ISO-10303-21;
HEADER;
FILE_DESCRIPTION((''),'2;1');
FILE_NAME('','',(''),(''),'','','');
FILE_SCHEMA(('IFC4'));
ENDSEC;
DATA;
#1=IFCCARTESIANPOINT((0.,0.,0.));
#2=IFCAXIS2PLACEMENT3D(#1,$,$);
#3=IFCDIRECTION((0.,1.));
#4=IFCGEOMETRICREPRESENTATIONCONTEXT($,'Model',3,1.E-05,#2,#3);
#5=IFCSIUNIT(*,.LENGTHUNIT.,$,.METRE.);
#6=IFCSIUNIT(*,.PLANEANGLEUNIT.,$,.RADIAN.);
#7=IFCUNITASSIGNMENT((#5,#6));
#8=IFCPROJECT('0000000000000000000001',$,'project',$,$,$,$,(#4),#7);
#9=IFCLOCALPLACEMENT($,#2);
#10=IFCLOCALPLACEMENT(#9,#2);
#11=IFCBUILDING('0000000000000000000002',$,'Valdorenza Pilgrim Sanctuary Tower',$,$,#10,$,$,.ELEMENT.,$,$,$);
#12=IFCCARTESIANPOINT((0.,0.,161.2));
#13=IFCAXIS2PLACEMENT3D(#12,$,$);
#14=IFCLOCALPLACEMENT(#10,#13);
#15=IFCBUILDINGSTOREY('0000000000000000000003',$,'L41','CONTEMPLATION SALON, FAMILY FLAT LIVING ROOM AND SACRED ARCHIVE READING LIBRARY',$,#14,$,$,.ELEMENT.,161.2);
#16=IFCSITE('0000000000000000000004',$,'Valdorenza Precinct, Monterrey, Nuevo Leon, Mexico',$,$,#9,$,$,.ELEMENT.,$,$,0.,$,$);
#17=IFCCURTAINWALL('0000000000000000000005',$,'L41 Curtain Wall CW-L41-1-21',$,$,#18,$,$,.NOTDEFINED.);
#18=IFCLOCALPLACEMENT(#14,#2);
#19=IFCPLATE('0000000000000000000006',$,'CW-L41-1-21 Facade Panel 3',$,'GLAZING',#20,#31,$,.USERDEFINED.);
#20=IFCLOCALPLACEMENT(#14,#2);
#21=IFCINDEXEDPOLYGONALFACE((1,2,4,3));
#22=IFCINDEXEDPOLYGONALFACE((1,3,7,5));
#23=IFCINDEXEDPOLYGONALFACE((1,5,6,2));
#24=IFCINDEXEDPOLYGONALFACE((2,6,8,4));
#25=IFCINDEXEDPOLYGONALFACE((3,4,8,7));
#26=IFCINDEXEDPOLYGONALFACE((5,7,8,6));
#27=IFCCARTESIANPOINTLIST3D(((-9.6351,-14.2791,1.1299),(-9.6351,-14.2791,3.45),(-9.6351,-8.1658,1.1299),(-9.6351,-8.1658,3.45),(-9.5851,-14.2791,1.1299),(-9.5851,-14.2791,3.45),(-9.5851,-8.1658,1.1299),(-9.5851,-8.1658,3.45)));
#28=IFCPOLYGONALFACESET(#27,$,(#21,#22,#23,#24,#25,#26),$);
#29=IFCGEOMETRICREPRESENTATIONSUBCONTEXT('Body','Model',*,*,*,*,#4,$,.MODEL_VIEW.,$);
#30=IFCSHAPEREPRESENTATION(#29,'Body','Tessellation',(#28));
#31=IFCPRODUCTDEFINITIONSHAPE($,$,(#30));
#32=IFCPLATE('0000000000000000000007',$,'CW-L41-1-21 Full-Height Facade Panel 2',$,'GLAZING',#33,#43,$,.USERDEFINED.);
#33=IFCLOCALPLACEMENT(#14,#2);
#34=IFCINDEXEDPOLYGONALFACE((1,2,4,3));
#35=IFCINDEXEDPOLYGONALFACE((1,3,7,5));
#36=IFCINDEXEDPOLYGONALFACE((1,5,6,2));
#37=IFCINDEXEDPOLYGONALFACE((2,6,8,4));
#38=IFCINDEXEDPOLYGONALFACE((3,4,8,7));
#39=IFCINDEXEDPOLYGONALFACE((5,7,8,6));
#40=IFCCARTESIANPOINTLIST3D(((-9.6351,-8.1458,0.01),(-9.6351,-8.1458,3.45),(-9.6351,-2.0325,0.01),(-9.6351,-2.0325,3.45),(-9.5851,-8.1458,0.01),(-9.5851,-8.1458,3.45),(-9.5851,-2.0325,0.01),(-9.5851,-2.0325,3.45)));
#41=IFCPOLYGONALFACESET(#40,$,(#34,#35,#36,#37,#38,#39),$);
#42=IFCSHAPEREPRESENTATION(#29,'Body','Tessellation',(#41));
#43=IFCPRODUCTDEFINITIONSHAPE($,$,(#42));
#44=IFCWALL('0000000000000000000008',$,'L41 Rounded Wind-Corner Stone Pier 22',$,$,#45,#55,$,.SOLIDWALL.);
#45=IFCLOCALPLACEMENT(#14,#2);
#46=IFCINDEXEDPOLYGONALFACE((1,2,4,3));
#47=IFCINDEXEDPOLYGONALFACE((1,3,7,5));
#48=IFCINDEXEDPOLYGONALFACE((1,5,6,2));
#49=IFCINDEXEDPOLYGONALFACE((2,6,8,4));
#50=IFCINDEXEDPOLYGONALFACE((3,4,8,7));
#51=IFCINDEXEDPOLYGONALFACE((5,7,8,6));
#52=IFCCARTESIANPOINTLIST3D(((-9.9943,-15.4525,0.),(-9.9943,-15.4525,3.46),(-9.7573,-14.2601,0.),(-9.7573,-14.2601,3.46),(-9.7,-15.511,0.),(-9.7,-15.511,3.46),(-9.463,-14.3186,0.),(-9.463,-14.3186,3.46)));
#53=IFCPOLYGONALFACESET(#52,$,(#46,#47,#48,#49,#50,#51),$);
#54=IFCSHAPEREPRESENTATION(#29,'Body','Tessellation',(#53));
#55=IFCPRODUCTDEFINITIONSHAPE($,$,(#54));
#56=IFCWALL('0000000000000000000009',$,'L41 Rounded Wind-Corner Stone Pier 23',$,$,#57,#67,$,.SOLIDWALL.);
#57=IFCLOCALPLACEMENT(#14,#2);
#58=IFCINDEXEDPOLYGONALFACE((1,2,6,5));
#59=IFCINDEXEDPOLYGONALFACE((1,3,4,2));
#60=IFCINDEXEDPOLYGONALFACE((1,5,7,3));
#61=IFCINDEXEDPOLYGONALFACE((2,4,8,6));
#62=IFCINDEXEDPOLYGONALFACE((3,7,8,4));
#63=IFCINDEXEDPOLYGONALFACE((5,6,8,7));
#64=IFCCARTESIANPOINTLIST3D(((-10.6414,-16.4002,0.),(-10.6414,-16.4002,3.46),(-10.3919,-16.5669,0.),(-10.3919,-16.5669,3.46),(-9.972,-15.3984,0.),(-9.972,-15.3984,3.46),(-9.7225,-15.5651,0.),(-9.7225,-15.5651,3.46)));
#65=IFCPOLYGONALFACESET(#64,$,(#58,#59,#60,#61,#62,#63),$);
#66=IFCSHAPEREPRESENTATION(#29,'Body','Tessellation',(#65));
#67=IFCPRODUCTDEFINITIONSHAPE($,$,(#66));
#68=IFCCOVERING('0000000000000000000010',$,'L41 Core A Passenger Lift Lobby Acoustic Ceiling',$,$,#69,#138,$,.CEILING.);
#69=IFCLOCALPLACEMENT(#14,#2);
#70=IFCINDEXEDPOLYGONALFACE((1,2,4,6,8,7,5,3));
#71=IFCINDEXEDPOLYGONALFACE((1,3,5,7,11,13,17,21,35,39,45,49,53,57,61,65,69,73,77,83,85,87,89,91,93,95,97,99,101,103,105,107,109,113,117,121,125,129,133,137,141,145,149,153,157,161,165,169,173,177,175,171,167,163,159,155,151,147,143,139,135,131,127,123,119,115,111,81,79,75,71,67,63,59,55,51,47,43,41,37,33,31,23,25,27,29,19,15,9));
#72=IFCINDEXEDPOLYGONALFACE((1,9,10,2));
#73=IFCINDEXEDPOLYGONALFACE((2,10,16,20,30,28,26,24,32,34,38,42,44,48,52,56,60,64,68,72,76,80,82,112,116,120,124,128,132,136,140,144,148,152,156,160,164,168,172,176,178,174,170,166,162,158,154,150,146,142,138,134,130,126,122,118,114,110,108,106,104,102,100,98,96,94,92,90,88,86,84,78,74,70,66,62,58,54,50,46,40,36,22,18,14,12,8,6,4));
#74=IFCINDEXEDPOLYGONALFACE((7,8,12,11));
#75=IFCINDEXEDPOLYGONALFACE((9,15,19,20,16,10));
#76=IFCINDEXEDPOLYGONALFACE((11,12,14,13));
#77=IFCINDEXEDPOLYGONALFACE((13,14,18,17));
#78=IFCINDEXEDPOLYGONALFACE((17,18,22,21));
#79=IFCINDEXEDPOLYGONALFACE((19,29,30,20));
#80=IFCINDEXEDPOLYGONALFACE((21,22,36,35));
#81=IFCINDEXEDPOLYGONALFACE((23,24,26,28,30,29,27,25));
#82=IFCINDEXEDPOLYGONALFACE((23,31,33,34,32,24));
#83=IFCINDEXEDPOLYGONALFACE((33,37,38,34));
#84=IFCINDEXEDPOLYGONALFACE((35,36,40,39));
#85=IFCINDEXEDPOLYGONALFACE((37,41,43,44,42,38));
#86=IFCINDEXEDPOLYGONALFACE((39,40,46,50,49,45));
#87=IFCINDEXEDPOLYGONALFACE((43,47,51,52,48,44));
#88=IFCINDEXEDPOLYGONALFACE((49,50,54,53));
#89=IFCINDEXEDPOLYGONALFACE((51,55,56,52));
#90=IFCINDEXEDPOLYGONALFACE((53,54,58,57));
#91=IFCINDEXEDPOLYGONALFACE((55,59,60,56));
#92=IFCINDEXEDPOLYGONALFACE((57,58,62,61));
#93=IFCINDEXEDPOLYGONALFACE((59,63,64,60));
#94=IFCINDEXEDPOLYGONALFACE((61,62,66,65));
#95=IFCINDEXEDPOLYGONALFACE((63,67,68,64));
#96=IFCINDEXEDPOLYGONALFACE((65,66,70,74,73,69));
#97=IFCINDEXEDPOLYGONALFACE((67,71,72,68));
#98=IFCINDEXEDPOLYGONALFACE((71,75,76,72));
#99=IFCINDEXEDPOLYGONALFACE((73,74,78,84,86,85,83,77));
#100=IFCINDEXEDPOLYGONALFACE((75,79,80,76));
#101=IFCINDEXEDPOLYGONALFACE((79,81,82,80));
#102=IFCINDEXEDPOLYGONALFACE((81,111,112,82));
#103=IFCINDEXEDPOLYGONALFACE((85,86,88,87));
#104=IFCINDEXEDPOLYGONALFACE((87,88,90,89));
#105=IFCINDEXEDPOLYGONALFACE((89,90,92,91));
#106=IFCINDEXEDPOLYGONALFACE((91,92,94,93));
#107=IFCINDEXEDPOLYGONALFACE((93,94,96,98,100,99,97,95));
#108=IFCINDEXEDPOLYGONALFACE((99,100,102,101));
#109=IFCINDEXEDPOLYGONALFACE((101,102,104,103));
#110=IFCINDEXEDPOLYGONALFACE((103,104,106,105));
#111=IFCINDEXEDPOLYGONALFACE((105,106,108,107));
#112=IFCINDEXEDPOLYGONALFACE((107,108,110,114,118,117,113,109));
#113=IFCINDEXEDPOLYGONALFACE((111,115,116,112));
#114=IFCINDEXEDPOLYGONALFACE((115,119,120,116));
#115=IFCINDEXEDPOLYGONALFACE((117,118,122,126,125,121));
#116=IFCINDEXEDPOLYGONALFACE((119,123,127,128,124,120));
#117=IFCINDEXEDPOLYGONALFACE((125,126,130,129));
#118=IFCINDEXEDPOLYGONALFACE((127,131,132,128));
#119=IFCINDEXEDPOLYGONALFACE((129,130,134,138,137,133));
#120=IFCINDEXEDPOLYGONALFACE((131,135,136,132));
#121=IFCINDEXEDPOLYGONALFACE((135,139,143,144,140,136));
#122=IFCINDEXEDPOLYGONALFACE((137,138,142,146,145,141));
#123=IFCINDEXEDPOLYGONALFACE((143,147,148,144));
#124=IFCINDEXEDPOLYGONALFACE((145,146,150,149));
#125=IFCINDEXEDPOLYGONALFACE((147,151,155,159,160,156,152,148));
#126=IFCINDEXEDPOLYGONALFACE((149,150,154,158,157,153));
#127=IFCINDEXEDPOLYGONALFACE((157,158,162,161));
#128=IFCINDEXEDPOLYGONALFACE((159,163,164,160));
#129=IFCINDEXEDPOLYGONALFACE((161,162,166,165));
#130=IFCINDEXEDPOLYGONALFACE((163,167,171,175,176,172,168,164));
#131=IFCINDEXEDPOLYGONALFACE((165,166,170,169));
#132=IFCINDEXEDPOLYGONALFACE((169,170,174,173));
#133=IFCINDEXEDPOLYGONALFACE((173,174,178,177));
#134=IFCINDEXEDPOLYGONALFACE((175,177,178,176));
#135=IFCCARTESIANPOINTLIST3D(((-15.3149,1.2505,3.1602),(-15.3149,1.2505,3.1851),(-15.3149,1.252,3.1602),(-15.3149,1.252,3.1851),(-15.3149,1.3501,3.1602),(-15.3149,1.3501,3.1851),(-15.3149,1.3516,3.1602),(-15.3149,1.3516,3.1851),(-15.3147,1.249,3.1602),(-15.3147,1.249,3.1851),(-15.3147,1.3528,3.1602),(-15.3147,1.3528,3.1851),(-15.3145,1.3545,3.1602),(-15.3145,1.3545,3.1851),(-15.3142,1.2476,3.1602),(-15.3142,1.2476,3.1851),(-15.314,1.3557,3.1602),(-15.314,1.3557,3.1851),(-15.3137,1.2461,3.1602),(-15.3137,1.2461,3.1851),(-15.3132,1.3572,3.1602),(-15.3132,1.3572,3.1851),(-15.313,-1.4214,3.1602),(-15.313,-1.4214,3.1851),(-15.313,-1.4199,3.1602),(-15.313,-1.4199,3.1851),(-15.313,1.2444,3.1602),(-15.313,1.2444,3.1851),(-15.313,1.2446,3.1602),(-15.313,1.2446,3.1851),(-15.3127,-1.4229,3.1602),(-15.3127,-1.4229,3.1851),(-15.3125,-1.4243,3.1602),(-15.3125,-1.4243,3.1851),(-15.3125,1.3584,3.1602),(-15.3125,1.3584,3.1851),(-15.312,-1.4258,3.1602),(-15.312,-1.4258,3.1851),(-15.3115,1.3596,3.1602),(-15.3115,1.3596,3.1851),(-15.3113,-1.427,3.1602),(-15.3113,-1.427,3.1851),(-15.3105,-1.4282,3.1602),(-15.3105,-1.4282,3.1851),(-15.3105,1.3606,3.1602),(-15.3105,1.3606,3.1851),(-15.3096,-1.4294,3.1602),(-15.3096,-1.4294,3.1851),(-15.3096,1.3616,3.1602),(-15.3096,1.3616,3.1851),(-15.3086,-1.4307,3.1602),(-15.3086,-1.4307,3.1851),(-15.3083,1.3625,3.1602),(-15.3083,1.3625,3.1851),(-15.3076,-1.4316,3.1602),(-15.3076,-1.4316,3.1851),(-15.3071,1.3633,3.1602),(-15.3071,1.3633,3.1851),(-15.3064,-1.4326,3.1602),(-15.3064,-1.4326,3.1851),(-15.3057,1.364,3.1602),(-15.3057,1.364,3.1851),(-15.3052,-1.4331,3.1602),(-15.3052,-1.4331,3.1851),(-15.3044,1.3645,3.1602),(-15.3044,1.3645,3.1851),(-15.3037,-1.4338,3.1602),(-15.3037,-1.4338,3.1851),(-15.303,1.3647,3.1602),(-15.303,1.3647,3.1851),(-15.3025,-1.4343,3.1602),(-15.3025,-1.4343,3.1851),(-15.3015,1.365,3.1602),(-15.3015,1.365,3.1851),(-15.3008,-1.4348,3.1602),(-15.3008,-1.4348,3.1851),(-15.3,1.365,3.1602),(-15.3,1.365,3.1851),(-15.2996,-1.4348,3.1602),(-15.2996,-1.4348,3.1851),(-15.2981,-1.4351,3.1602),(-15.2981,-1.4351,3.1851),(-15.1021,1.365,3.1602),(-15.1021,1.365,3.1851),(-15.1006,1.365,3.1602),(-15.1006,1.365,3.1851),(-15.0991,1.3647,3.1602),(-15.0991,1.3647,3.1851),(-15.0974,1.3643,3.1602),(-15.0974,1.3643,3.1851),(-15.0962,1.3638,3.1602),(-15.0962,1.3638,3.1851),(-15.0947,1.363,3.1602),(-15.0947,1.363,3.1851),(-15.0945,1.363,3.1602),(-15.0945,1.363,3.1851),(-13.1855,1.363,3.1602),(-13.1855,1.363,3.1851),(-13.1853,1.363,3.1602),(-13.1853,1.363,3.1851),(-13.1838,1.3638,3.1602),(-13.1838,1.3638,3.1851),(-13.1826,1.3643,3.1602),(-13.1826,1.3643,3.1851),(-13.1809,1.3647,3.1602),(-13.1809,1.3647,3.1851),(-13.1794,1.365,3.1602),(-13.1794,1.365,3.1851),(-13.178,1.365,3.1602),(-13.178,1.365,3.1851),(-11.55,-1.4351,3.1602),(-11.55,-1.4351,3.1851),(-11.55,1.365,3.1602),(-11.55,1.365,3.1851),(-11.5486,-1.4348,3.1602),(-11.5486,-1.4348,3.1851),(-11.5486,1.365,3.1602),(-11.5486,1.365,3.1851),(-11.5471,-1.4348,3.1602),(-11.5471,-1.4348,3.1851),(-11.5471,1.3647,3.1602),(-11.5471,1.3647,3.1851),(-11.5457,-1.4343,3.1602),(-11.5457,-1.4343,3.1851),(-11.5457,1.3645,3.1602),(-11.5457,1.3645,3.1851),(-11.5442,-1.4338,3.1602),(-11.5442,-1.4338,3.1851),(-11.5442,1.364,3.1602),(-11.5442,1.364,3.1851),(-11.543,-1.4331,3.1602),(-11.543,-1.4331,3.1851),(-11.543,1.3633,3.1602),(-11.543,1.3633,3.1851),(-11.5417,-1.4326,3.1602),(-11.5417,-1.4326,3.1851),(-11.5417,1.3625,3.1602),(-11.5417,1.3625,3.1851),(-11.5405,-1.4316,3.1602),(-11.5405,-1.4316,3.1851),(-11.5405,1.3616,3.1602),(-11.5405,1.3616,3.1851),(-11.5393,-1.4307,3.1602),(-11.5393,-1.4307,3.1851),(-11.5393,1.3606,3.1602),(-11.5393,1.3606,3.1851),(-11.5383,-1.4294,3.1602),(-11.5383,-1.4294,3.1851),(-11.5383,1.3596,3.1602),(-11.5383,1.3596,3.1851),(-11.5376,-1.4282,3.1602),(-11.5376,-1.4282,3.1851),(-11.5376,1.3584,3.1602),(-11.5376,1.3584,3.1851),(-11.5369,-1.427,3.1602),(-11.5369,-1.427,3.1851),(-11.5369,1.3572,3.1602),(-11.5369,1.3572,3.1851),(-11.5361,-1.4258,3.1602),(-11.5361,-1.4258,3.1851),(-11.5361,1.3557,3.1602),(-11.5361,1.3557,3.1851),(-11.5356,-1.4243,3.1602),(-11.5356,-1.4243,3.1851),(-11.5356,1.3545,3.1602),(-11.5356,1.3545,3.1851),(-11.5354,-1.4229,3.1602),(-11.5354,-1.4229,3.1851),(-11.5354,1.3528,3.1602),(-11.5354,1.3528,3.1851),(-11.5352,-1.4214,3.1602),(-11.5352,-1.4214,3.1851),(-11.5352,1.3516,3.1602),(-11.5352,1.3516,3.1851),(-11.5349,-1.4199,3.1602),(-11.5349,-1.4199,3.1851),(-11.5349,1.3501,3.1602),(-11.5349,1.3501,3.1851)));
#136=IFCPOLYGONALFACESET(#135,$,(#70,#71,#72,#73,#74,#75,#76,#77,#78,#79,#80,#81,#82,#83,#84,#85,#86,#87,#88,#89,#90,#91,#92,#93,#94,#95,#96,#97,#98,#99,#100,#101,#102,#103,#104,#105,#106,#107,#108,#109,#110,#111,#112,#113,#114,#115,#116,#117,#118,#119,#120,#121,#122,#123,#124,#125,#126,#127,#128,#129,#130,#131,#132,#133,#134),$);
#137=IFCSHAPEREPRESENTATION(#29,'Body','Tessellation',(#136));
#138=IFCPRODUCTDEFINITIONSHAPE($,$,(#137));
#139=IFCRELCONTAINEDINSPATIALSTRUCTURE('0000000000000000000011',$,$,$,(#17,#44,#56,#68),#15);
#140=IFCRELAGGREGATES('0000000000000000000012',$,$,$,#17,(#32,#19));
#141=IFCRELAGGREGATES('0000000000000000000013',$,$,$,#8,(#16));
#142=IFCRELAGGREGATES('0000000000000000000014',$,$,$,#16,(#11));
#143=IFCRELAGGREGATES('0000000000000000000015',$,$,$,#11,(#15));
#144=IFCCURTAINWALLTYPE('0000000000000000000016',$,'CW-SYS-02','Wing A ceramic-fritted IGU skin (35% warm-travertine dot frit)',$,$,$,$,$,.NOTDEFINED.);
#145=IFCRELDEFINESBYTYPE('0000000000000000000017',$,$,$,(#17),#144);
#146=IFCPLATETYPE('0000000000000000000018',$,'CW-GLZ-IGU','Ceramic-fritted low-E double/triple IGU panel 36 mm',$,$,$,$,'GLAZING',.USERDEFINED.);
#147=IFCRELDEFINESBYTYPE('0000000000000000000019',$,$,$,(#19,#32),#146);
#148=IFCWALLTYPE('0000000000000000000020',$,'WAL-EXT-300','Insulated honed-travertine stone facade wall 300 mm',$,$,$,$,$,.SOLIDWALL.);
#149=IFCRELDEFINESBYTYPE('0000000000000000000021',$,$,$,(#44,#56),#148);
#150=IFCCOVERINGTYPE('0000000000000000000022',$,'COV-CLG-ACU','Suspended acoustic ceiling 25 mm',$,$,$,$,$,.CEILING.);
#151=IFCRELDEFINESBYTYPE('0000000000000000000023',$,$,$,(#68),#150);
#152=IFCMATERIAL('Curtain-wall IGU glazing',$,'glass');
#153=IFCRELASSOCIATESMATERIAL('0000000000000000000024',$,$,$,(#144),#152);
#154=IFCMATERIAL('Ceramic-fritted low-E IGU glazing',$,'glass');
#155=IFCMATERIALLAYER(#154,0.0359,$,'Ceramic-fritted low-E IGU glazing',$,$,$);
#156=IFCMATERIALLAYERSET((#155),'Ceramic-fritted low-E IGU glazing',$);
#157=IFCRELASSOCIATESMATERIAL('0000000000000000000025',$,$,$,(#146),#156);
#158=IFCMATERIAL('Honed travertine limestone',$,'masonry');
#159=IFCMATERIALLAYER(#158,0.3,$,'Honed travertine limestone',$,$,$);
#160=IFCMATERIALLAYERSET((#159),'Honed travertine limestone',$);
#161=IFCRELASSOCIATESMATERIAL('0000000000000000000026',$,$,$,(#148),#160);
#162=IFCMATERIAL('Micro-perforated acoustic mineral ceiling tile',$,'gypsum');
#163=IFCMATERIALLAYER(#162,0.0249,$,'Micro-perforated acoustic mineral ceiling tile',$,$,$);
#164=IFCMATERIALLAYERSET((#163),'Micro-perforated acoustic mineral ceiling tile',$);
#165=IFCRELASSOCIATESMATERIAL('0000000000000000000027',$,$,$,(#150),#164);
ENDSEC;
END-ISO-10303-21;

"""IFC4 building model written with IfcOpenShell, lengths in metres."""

from ifc_helpers import new_model, si_unit, direction, frame, frame_2d, origin, origin_2d, place, context, subcontext, project, spatial, polyline, rectangle, outline, extrude, source, transform, mapped, material, layer, layer_set, type_object, element, aggregate, save


model = new_model("IFC4")

# Units and contexts
model_context = context("Model", 3, precision=1e-05, world=origin(), true_north=direction((0.0, 1.0)))
body_context = subcontext(model_context, "Body", "Model", "MODEL_VIEW")
ifc_project = project(units=[si_unit("LENGTHUNIT", "METRE"), si_unit("PLANEANGLEUNIT", "RADIAN")], contexts=[model_context])

# Site, building, storey
site_placement = place(None, origin())
site = spatial("IfcSite", under=ifc_project, at=site_placement, Name="Valdorenza Precinct, Monterrey, Nuevo Leon, Mexico", CompositionType="ELEMENT", RefElevation=0.0)
building_placement = place(site_placement, origin())
building = spatial("IfcBuilding", under=site, at=building_placement, Name="Valdorenza Pilgrim Sanctuary Tower", CompositionType="ELEMENT")
storey_placement = place(building_placement, frame((0.0, 0.0, 161.2)))
storey = spatial("IfcBuildingStorey", under=building, at=storey_placement, Name="L41", Description="CONTEMPLATION SALON, FAMILY FLAT LIVING ROOM AND SACRED ARCHIVE READING LIBRARY", CompositionType="ELEMENT", Elevation=161.2)

# Curtain wall
ifc_material_1 = material(Name="Curtain-wall IGU glazing", Category="glass")
curtain_wall_type = type_object("IfcCurtainWallType", Name="CW-SYS-02", Description="Wing A ceramic-fritted IGU skin (35% warm-travertine dot frit)", PredefinedType="NOTDEFINED", material=ifc_material_1)
curtain_wall_placement = place(storey_placement, origin())
curtain_wall = element("IfcCurtainWall", 1, at=curtain_wall_placement, inside=storey, type_object=curtain_wall_type, Name="L41 Curtain Wall CW-L41-1-21", PredefinedType="NOTDEFINED")

# Plates
ifc_material_2 = material(Name="Honed travertine limestone", Category="masonry")
ifc_material_3 = material(Name="Ceramic-fritted low-E IGU glazing", Category="glass")
ifc_layer_1 = layer(ifc_material_3, 0.0359, Name="Ceramic-fritted low-E IGU glazing")
ifc_layer_set_1 = layer_set([ifc_layer_1], Name="Ceramic-fritted low-E IGU glazing")
plate_type_1 = type_object("IfcPlateType", Name="CW-GLZ-IGU", Description="Ceramic-fritted low-E double/triple IGU panel 36 mm", ElementType="GLAZING", PredefinedType="USERDEFINED", material=ifc_layer_set_1)
shared_shape_1 = source(origin(), body_context, "Body", "SweptSolid", [
    extrude(rectangle(XDim=6.1133, YDim=0.05, at=origin_2d()), origin(), (0.0, 0.0, 1.0), 2.3201),
])
plate_1_placement = place(storey_placement, frame((-9.6101, -11.2224, 1.1299), z_axis=(0.0, 0.0, 1.0), x_axis=(0.0, -1.0, 0.0)))
plate_1 = element("IfcPlate", 2, at=plate_1_placement, type_object=plate_type_1, Name="CW-L41-1-21 Facade Panel 3", ObjectType="GLAZING", PredefinedType="USERDEFINED", context=body_context, shape_type="MappedRepresentation", body=[
    mapped(shared_shape_1, transform((0.0, 0.0, 0.0), x_axis=(1.0, 0.0, 0.0), y_axis=(0.0, 1.0, 0.0), z_axis=(0.0, 0.0, 1.0), scale=1.0)),
])
shared_shape_2 = source(origin(), body_context, "Body", "SweptSolid", [
    extrude(rectangle(XDim=6.1133, YDim=0.05, at=origin_2d()), origin(), (0.0, 0.0, 1.0), 3.4399),
])
plate_2_placement = place(storey_placement, frame((-9.6101, -5.0891, 0.01), z_axis=(0.0, 0.0, 1.0), x_axis=(0.0, -1.0, 0.0)))
plate_2 = element("IfcPlate", 3, at=plate_2_placement, type_object=plate_type_1, Name="CW-L41-1-21 Full-Height Facade Panel 2", ObjectType="GLAZING", PredefinedType="USERDEFINED", context=body_context, shape_type="MappedRepresentation", body=[
    mapped(shared_shape_2, transform((0.0, 0.0, 0.0), x_axis=(1.0, 0.0, 0.0), y_axis=(0.0, 1.0, 0.0), z_axis=(0.0, 0.0, 1.0), scale=1.0)),
])
aggregate(curtain_wall, [plate_2, plate_1])

# Walls
ifc_layer_2 = layer(ifc_material_2, 0.3, Name="Honed travertine limestone")
ifc_layer_set_2 = layer_set([ifc_layer_2], Name="Honed travertine limestone")
wall_type = type_object("IfcWallType", Name="WAL-EXT-300", Description="Insulated honed-travertine stone facade wall 300 mm", PredefinedType="SOLIDWALL", material=ifc_layer_set_2)
wall_1_placement = place(storey_placement, frame((-9.6101, -14.2893, 0.0), z_axis=(0.0, 0.0, 1.0), x_axis=(-0.194996, -0.980804, 0.0)))
element("IfcWall", 4, at=wall_1_placement, inside=storey, type_object=wall_type, Name="L41 Rounded Wind-Corner Stone Pier 22", PredefinedType="SOLIDWALL", context=body_context, shape_type="SweptSolid", body=[
    extrude(rectangle(XDim=1.2158, YDim=0.3, at=frame_2d((0.6079, 0.0))), origin(), (0.0, 0.0, 1.0), 3.46),
])
wall_2_placement = place(storey_placement, frame((-9.8472, -15.4817, 0.0), z_axis=(0.0, 0.0, 1.0), x_axis=(-0.555635, -0.831426, 0.0)))
element("IfcWall", 5, at=wall_2_placement, inside=storey, type_object=wall_type, Name="L41 Rounded Wind-Corner Stone Pier 23", PredefinedType="SOLIDWALL", context=body_context, shape_type="SweptSolid", body=[
    extrude(rectangle(XDim=1.2048, YDim=0.3, at=frame_2d((0.6025, 0.0))), origin(), (0.0, 0.0, 1.0), 3.46),
])

# Covering
ifc_material_4 = material(Name="Micro-perforated acoustic mineral ceiling tile", Category="gypsum")
ifc_layer_3 = layer(ifc_material_4, 0.0249, Name="Micro-perforated acoustic mineral ceiling tile")
ifc_layer_set_3 = layer_set([ifc_layer_3], Name="Micro-perforated acoustic mineral ceiling tile")
covering_type_1 = type_object("IfcCoveringType", Name="COV-CLG-ACU", Description="Suspended acoustic ceiling 25 mm", PredefinedType="CEILING", material=ifc_layer_set_3)
covering_1_placement = place(storey_placement, frame((0.0, 0.0, 3.1602)))
element("IfcCovering", 6, at=covering_1_placement, inside=storey, type_object=covering_type_1, Name="L41 Core A Passenger Lift Lobby Acoustic Ceiling", PredefinedType="CEILING", context=body_context, shape_type="SweptSolid", body=[
    extrude(outline(polyline([(-15.313, 1.2444), (-15.313, 1.2446), (-15.3137, 1.2461), (-15.3142, 1.2476), (-15.3147, 1.249), (-15.3149, 1.2505), (-15.3149, 1.252), (-15.3149, 1.3501), (-15.3149, 1.3516), (-15.3147, 1.3528), (-15.3145, 1.3545), (-15.314, 1.3557), (-15.3132, 1.3572), (-15.3125, 1.3584), (-15.3115, 1.3596), (-15.3105, 1.3606), (-15.3096, 1.3616), (-15.3083, 1.3625), (-15.3071, 1.3633), (-15.3057, 1.364), (-15.3044, 1.3645), (-15.303, 1.3647), (-15.3015, 1.365), (-15.3, 1.365), (-15.1021, 1.365), (-15.1006, 1.365), (-15.0991, 1.3647), (-15.0974, 1.3643), (-15.0962, 1.3638), (-15.0947, 1.363), (-15.0945, 1.363), (-13.1855, 1.363), (-13.1853, 1.363), (-13.1838, 1.3638), (-13.1826, 1.3643), (-13.1809, 1.3647), (-13.1794, 1.365), (-13.178, 1.365), (-11.55, 1.365), (-11.5486, 1.365), (-11.5471, 1.3647), (-11.5457, 1.3645), (-11.5442, 1.364), (-11.543, 1.3633), (-11.5417, 1.3625), (-11.5405, 1.3616), (-11.5393, 1.3606), (-11.5383, 1.3596), (-11.5376, 1.3584), (-11.5369, 1.3572), (-11.5361, 1.3557), (-11.5356, 1.3545), (-11.5354, 1.3528), (-11.5352, 1.3516), (-11.5349, 1.3501), (-11.5349, -1.4199), (-11.5352, -1.4214), (-11.5354, -1.4229), (-11.5356, -1.4243), (-11.5361, -1.4258), (-11.5369, -1.427), (-11.5376, -1.4282), (-11.5383, -1.4294), (-11.5393, -1.4307), (-11.5405, -1.4316), (-11.5417, -1.4326), (-11.543, -1.4331), (-11.5442, -1.4338), (-11.5457, -1.4343), (-11.5471, -1.4348), (-11.5486, -1.4348), (-11.55, -1.4351), (-15.2981, -1.4351), (-15.2996, -1.4348), (-15.3008, -1.4348), (-15.3025, -1.4343), (-15.3037, -1.4338), (-15.3052, -1.4331), (-15.3064, -1.4326), (-15.3076, -1.4316), (-15.3086, -1.4307), (-15.3096, -1.4294), (-15.3105, -1.4282), (-15.3113, -1.427), (-15.312, -1.4258), (-15.3125, -1.4243), (-15.3127, -1.4229), (-15.313, -1.4214), (-15.313, -1.4199), (-15.313, 1.2444)])), origin(), (0.0, 0.0, 1.0), 0.0249),
])

save(model, "model.ifc")
